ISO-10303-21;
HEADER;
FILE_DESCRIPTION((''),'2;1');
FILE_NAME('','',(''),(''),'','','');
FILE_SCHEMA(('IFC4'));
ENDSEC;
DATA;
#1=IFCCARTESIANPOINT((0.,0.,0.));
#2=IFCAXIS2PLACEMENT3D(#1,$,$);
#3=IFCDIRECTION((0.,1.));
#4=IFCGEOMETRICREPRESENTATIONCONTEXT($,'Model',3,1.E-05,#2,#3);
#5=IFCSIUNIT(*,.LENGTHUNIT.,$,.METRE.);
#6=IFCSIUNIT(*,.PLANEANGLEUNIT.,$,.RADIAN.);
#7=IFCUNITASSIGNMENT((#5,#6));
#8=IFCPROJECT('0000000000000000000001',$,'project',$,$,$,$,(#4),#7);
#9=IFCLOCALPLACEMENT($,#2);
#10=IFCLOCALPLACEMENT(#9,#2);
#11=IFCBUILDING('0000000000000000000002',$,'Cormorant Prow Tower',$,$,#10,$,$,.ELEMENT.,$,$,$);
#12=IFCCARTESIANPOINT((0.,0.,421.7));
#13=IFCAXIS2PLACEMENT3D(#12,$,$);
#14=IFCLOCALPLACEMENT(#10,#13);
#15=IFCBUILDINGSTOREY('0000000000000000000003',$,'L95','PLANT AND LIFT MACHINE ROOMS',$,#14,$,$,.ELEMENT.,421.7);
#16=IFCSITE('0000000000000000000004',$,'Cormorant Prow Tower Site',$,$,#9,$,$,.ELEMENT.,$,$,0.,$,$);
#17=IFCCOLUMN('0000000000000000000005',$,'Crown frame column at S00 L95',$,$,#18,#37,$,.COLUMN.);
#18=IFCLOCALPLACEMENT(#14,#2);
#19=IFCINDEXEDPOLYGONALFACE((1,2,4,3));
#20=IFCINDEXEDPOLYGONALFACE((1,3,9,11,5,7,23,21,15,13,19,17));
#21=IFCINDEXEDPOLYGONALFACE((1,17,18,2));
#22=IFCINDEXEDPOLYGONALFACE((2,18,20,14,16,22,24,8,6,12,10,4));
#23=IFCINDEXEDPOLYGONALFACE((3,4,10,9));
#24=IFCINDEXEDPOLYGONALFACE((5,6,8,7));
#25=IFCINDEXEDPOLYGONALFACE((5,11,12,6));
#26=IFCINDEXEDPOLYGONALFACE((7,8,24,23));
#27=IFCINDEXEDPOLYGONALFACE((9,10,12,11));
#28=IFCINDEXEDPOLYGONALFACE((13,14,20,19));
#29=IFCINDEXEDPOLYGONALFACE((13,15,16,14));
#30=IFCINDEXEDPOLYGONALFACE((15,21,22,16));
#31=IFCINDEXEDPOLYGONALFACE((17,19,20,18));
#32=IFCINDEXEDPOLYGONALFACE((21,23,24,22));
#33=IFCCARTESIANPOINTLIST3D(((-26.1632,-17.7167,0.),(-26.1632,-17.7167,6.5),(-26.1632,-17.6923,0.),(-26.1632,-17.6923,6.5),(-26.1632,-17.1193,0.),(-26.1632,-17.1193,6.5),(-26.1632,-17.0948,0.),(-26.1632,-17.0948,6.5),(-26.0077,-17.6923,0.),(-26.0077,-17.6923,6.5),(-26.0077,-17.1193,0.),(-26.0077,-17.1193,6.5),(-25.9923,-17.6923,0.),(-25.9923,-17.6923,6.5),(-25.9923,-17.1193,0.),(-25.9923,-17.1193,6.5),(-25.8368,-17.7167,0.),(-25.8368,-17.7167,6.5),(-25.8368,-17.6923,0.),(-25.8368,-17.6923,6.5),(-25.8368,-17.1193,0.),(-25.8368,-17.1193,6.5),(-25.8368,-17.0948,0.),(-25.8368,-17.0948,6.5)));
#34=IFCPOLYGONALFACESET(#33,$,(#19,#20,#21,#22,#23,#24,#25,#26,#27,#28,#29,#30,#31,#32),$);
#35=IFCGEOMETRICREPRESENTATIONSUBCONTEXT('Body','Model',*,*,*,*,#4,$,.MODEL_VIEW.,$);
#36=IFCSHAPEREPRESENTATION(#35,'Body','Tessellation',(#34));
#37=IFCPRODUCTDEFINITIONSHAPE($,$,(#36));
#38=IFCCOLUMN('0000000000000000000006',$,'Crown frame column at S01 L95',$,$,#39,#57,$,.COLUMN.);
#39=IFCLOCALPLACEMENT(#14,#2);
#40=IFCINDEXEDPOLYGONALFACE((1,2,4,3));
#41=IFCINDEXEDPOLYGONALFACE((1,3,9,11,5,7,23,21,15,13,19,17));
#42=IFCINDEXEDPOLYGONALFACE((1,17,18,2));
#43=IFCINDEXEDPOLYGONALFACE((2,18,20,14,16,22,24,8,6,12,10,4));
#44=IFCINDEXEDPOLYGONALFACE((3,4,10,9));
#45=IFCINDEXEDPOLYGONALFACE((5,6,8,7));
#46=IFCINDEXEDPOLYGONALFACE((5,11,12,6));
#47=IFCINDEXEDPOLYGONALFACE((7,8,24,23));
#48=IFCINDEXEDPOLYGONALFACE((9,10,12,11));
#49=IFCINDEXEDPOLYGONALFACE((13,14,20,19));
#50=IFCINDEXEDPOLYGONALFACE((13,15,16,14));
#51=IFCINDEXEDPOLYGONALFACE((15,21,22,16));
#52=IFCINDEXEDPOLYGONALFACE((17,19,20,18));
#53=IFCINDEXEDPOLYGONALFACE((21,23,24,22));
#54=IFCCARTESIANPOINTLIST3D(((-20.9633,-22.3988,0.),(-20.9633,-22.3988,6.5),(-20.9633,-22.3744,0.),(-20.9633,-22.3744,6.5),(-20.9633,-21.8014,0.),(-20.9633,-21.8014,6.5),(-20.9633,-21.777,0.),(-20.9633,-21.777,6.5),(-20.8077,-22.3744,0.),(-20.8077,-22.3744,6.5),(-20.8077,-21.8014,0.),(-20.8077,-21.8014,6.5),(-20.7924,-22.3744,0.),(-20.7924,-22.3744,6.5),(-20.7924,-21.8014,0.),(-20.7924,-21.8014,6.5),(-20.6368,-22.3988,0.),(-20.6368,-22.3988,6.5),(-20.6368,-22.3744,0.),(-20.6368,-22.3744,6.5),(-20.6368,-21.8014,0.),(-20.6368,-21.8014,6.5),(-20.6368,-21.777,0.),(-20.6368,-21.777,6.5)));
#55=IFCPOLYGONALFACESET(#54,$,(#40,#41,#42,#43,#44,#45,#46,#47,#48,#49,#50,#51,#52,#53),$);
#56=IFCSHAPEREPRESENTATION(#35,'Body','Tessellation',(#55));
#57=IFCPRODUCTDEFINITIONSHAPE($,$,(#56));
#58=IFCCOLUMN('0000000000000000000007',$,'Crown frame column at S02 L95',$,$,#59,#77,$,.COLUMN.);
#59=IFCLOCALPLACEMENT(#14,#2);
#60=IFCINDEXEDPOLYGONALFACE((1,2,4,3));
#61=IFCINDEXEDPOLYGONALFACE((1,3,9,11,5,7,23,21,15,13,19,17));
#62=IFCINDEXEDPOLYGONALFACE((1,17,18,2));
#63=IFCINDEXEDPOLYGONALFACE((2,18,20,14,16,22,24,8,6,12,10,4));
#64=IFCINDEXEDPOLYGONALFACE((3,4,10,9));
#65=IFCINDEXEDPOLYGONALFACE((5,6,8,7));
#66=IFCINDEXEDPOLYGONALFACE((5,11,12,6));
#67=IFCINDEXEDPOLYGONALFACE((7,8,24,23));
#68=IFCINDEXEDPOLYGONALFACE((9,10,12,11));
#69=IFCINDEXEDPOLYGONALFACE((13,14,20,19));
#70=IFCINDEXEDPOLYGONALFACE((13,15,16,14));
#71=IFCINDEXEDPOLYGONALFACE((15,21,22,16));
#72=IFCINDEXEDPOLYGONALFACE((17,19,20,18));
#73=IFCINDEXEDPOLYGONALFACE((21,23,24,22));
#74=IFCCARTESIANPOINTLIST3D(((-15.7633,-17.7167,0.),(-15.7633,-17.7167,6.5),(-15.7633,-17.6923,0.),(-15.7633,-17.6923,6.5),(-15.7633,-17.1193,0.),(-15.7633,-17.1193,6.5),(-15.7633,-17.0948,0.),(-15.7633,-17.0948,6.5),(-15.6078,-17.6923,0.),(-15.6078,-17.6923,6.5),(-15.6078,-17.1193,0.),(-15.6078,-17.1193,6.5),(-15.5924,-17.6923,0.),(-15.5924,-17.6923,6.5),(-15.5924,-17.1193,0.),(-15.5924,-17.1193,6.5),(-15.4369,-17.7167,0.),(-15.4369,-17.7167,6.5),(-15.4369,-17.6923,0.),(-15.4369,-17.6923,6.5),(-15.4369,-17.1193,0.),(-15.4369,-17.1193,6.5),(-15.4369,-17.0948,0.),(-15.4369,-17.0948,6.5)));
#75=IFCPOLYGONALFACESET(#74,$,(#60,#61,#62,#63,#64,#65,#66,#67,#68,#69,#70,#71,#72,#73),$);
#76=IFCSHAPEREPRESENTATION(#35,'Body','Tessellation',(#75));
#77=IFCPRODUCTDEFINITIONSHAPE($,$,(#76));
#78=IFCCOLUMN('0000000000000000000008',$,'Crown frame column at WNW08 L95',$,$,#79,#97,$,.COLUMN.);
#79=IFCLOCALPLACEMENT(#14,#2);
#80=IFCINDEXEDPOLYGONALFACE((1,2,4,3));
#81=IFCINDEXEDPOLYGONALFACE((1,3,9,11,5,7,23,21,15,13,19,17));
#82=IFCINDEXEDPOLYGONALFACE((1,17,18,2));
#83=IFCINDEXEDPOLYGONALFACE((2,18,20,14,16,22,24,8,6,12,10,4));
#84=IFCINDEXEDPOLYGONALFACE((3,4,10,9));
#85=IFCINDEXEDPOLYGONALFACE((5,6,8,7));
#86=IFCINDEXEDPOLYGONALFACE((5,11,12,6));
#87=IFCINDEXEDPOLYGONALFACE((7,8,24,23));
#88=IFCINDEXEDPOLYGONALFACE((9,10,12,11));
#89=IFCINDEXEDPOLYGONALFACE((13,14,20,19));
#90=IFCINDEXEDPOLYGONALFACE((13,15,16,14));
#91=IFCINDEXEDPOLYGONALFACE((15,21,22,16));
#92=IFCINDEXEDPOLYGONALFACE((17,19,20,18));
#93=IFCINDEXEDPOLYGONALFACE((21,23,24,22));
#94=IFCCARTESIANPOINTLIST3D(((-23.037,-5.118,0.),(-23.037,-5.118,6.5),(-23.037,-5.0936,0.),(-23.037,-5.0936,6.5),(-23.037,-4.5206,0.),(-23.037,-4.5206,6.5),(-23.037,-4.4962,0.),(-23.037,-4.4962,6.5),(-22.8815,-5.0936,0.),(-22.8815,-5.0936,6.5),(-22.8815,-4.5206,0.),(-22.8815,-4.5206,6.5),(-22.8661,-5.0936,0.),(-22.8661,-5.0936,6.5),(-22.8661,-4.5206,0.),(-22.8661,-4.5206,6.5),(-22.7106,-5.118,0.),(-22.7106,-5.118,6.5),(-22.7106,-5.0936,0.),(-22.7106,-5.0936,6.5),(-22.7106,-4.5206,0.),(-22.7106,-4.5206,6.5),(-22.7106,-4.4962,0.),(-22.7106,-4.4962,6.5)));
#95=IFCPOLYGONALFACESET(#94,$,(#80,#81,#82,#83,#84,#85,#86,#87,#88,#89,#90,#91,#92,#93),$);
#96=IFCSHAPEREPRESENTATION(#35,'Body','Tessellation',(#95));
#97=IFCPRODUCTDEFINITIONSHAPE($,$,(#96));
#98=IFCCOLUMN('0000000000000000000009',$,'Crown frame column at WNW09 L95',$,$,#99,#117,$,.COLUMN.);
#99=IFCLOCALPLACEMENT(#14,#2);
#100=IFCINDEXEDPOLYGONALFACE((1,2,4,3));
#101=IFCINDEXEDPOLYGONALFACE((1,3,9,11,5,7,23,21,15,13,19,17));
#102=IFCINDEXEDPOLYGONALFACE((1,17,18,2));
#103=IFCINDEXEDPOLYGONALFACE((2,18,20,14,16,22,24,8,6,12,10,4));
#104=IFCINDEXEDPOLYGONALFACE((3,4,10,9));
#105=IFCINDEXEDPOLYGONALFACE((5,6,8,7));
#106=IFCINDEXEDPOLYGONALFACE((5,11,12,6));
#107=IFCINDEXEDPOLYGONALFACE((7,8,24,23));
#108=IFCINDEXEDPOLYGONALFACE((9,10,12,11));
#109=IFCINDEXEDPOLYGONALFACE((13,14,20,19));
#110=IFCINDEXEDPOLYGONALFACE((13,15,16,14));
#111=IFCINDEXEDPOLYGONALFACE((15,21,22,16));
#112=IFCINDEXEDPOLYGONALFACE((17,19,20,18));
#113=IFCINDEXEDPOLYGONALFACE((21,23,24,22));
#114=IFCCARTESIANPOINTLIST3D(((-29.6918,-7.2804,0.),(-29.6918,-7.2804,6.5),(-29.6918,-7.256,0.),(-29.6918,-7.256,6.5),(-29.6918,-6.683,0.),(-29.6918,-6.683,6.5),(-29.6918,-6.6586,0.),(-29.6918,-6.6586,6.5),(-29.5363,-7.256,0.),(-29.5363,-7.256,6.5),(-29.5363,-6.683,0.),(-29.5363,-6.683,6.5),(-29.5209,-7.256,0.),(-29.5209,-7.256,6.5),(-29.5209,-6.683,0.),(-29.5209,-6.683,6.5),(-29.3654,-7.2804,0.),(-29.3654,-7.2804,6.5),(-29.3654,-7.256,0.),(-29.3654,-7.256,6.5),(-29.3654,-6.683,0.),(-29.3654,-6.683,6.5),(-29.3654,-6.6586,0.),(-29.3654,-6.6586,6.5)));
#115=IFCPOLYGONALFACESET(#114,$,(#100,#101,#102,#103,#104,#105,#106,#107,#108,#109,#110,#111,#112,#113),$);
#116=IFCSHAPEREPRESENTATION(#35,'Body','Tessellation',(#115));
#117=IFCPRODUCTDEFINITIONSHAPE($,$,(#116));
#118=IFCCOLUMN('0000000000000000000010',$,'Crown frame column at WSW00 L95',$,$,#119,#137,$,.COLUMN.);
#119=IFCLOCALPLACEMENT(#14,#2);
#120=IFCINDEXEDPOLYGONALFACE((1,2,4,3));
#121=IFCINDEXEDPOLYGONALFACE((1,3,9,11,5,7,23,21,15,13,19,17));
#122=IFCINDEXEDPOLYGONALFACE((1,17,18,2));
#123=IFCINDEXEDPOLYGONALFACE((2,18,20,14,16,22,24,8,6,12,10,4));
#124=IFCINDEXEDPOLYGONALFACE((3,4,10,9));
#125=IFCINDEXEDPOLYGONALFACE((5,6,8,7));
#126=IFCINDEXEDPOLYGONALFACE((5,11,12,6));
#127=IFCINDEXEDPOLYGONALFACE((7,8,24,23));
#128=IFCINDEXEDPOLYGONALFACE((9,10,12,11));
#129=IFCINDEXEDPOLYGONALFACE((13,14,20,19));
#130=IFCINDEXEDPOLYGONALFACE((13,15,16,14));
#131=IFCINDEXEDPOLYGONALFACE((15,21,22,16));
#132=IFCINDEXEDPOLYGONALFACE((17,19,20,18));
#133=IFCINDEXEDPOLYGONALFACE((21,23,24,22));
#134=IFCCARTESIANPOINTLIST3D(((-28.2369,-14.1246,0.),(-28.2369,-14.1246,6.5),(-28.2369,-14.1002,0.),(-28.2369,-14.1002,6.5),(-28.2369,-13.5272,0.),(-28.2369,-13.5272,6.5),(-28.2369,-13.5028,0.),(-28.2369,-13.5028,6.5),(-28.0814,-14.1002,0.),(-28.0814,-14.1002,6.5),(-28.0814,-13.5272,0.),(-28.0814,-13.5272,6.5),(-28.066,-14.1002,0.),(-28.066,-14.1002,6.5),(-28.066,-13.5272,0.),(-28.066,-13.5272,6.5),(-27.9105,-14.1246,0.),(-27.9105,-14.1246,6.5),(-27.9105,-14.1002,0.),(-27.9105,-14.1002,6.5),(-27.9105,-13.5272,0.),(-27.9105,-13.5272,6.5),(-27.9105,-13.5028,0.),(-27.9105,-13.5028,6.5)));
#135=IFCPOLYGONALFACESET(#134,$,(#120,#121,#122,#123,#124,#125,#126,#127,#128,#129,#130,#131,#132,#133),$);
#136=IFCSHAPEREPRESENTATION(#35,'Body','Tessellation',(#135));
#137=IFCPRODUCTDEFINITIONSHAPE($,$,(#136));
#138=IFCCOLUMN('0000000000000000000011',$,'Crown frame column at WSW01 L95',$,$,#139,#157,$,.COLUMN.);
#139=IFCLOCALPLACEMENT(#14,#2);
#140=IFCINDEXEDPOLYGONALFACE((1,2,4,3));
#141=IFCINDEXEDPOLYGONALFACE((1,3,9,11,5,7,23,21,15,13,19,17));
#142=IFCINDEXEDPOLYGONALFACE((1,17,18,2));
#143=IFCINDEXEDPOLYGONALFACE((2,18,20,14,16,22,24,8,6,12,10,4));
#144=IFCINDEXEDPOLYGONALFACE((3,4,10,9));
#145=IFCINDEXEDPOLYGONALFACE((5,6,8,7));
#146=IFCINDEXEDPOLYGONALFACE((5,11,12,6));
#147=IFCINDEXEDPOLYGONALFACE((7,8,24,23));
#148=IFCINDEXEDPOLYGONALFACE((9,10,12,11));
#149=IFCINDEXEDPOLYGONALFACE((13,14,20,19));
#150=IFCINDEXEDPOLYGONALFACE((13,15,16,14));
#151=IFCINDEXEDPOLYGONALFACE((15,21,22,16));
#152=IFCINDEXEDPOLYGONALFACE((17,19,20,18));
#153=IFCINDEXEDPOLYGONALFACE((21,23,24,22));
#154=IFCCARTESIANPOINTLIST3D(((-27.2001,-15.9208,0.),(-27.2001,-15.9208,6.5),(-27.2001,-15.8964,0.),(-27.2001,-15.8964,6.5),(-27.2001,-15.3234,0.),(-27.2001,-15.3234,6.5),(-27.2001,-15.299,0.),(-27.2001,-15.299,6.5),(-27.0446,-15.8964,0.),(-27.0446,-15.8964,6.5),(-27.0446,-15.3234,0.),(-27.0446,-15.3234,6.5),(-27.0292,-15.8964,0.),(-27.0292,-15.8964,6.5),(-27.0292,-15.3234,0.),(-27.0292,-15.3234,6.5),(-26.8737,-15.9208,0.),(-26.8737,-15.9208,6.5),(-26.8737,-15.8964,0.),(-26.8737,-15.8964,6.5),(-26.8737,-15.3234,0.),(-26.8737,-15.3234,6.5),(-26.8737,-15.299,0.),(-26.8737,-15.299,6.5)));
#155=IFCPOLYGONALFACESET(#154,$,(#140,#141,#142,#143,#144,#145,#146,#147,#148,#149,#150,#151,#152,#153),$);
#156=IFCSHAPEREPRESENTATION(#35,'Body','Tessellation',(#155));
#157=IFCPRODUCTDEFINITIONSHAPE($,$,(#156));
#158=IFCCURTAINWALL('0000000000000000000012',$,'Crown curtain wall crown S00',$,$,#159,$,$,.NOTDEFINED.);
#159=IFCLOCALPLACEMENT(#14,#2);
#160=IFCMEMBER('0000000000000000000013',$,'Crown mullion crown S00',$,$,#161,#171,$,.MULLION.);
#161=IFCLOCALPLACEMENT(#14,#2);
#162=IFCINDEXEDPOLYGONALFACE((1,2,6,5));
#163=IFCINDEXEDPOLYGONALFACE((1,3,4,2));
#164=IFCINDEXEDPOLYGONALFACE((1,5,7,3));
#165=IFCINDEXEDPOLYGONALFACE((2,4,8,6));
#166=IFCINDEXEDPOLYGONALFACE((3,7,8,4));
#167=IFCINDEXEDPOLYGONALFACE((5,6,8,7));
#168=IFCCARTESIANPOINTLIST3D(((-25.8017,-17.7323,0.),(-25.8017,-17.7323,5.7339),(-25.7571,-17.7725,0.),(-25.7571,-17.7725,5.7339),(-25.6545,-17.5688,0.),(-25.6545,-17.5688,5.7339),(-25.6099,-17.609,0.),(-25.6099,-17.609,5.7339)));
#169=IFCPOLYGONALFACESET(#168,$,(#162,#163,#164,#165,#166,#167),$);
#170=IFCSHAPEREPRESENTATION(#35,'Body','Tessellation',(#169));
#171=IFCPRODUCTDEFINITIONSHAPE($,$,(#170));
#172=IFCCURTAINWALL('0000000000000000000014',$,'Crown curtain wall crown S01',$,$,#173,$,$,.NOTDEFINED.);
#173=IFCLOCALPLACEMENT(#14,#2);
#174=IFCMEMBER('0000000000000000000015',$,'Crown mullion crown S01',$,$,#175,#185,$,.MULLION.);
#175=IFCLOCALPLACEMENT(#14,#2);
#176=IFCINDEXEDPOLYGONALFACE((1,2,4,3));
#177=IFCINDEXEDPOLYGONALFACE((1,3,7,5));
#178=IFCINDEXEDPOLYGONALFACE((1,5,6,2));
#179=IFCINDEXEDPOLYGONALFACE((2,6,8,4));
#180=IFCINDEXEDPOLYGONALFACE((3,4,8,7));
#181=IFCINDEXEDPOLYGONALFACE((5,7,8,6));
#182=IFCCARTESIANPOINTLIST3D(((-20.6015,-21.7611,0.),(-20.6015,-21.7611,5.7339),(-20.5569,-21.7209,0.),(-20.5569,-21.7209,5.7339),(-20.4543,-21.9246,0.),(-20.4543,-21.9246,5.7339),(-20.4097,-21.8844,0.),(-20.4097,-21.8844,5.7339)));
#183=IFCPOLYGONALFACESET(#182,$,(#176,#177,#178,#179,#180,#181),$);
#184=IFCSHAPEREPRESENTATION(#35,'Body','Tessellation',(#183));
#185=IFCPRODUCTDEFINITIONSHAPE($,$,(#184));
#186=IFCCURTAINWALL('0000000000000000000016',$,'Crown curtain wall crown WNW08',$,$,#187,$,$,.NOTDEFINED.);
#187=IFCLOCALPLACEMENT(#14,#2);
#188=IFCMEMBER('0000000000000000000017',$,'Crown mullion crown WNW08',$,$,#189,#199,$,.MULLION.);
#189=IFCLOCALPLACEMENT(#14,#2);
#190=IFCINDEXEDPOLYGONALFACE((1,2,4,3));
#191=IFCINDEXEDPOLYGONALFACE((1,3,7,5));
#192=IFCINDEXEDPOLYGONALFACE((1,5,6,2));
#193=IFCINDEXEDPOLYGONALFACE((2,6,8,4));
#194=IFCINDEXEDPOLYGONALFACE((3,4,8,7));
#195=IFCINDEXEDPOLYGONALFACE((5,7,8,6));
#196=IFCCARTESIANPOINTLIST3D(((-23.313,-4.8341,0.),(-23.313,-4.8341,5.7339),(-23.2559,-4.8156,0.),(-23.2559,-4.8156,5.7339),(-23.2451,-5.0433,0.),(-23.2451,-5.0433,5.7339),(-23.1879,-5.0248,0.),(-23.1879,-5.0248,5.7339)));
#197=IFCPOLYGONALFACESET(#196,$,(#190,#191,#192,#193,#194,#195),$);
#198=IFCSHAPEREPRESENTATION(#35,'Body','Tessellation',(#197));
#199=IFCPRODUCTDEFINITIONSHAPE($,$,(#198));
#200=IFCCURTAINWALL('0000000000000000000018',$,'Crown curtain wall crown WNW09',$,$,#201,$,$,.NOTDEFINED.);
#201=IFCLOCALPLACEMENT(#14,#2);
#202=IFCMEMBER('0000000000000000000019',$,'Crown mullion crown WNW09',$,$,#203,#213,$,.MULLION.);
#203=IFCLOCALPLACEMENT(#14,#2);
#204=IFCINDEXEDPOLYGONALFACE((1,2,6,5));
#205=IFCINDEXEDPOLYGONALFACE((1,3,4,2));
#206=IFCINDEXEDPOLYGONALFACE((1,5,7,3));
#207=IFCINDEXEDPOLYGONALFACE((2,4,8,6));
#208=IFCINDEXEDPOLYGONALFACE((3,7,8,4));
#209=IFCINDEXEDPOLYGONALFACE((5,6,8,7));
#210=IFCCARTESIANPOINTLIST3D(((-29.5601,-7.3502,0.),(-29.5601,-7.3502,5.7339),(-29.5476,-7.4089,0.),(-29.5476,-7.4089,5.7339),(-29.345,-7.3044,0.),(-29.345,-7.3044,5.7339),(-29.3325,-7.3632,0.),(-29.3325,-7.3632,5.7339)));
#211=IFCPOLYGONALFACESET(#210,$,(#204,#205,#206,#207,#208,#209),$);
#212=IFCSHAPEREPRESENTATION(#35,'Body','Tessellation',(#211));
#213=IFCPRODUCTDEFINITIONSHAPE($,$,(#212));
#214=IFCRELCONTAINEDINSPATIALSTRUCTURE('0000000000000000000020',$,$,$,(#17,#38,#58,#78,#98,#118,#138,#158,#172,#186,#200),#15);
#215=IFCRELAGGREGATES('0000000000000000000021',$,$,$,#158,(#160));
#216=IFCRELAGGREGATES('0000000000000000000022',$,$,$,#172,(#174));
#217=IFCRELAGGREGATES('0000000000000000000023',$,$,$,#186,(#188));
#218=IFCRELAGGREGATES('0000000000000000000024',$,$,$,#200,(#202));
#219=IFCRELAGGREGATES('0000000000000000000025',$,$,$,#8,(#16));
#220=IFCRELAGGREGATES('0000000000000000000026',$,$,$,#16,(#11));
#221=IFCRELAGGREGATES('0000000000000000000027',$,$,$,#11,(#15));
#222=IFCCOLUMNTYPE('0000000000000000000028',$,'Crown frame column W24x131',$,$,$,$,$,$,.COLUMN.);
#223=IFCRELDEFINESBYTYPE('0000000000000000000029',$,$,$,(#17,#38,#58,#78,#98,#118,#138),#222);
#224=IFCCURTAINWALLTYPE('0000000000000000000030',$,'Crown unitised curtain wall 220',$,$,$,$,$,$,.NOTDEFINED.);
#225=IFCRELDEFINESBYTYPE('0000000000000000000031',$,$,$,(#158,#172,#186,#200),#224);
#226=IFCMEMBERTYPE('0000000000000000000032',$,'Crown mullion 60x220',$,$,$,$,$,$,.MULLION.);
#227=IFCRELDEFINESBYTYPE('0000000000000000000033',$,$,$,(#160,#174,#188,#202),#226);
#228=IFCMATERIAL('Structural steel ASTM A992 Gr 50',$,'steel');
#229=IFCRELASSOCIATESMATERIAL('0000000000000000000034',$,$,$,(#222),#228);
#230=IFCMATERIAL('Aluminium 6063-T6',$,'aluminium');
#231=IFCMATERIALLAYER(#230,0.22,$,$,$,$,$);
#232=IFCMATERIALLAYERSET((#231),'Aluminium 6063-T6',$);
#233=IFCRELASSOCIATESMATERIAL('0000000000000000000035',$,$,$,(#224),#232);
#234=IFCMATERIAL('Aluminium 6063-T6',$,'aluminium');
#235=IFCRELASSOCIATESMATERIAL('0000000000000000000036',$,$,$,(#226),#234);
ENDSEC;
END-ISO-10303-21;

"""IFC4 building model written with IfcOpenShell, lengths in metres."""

from ifc_helpers import new_model, si_unit, direction, frame, origin, origin_2d, place, context, subcontext, project, spatial, rectangle, i_section, extrude, material, layer, layer_set, material_profile, profile_set, type_object, element, aggregate, save


model = new_model("IFC4")

# Units and contexts
model_context = context("Model", 3, precision=1e-05, world=origin(), true_north=direction((0.0, 1.0)))
body_context = subcontext(model_context, "Body", "Model", "MODEL_VIEW")
ifc_project = project(units=[si_unit("LENGTHUNIT", "METRE"), si_unit("PLANEANGLEUNIT", "RADIAN")], contexts=[model_context])

# Site, building, storey
site_placement = place(None, origin())
site = spatial("IfcSite", under=ifc_project, at=site_placement, Name="Cormorant Prow Tower Site", CompositionType="ELEMENT", RefElevation=0.0)
building_placement = place(site_placement, origin())
building = spatial("IfcBuilding", under=site, at=building_placement, Name="Cormorant Prow Tower", CompositionType="ELEMENT")
storey_placement = place(building_placement, frame((0.0, 0.0, 421.7)))
storey = spatial("IfcBuildingStorey", under=building, at=storey_placement, Name="L95", Description="PLANT AND LIFT MACHINE ROOMS", CompositionType="ELEMENT", Elevation=421.7)

# Columns
ifc_material_1 = material(Name="Structural steel ASTM A992 Gr 50", Category="steel")
ifc_material_profile_1 = material_profile(ifc_material_1, i_section(OverallWidth=0.3264, OverallDepth=0.6218, WebThickness=0.0154, FlangeThickness=0.0244, at=origin_2d()), Name="W24x131")
ifc_profile_set_1 = profile_set([ifc_material_profile_1], Name="Structural steel ASTM A992 Gr 50")
column_type = type_object("IfcColumnType", Name="Crown frame column W24x131", PredefinedType="COLUMN", material=ifc_profile_set_1)
for number, where, z_axis, x_axis, name in (
    (1, (-26.0, -17.4058, 0.0), (0.0, 0.0, 1.0), (1.0, 0.0, 0.0), "Crown frame column at S00 L95"),
    (2, (-20.8, -22.0879, 0.0), (0.0, 0.0, 1.0), (1.0, 0.0, 0.0), "Crown frame column at S01 L95"),
    (3, (-15.6001, -17.4058, 0.0), (0.0, 0.0, 1.0), (1.0, 0.0, 0.0), "Crown frame column at S02 L95"),
    (4, (-22.8738, -4.8071, 0.0), (0.0, 0.0, 1.0), (1.0, 0.0, 0.0), "Crown frame column at WNW08 L95"),
    (5, (-29.5286, -6.9695, 0.0), (0.0, 0.0, 1.0), (1.0, 0.0, 0.0), "Crown frame column at WNW09 L95"),
    (6, (-28.0737, -13.8137, 0.0), (0.0, 0.0, 1.0), (1.0, 0.0, 0.0), "Crown frame column at WSW00 L95"),
    (7, (-27.0369, -15.6099, 0.0), (0.0, 0.0, 1.0), (1.0, 0.0, 0.0), "Crown frame column at WSW01 L95"),
):
    element("IfcColumn", number, at=place(storey_placement, frame(where, z_axis=z_axis, x_axis=x_axis)), inside=storey, type_object=column_type, Name=name, PredefinedType="COLUMN", context=body_context, shape_type="SweptSolid", body=[
        extrude(i_section(OverallWidth=0.3264, OverallDepth=0.6218, WebThickness=0.0154, FlangeThickness=0.0244, at=origin_2d()), origin(), (0.0, 0.0, 1.0), 6.5),
    ])

# Curtain walls, members
ifc_material_2 = material(Name="Aluminium 6063-T6", Category="aluminium")
ifc_layer_1 = layer(ifc_material_2, 0.22)
ifc_layer_set_1 = layer_set([ifc_layer_1], Name="Aluminium 6063-T6")
curtain_wall_type = type_object("IfcCurtainWallType", Name="Crown unitised curtain wall 220", PredefinedType="NOTDEFINED", material=ifc_layer_set_1)
curtain_wall_1_placement = place(storey_placement, origin())
curtain_wall_1 = element("IfcCurtainWall", 8, at=curtain_wall_1_placement, inside=storey, type_object=curtain_wall_type, Name="Crown curtain wall crown S00", PredefinedType="NOTDEFINED")
ifc_material_3 = material(Name="Aluminium 6063-T6", Category="aluminium")
ifc_material_profile_2 = material_profile(ifc_material_3, rectangle(XDim=0.22, YDim=0.0601, at=origin_2d()), Name="Crown mullion 60x220")
ifc_profile_set_2 = profile_set([ifc_material_profile_2], Name="Aluminium 6063-T6")
member_type_1 = type_object("IfcMemberType", Name="Crown mullion 60x220", PredefinedType="MULLION", material=ifc_profile_set_2)
member_1_placement = place(storey_placement, frame((-25.7058, -17.6707, 0.0), z_axis=(0.0, 0.0, 1.0), x_axis=(0.669131, 0.743145, 0.0)))
member_1 = element("IfcMember", 9, at=member_1_placement, type_object=member_type_1, Name="Crown mullion crown S00", PredefinedType="MULLION", context=body_context, shape_type="SweptSolid", body=[
    extrude(rectangle(XDim=0.22, YDim=0.0601, at=origin_2d()), origin(), (0.0, 0.0, 1.0), 5.7339),
])
curtain_wall_2_placement = place(storey_placement, origin())
curtain_wall_2 = element("IfcCurtainWall", 10, at=curtain_wall_2_placement, inside=storey, type_object=curtain_wall_type, Name="Crown curtain wall crown S01", PredefinedType="NOTDEFINED")
member_2_placement = place(storey_placement, frame((-20.5056, -21.8228, 0.0), z_axis=(0.0, 0.0, 1.0), x_axis=(-0.669131, 0.743145, 0.0)))
member_2 = element("IfcMember", 11, at=member_2_placement, type_object=member_type_1, Name="Crown mullion crown S01", PredefinedType="MULLION", context=body_context, shape_type="SweptSolid", body=[
    extrude(rectangle(XDim=0.22, YDim=0.0601, at=origin_2d()), origin(), (0.0, 0.0, 1.0), 5.7339),
])
curtain_wall_3_placement = place(storey_placement, origin())
curtain_wall_3 = element("IfcCurtainWall", 12, at=curtain_wall_3_placement, inside=storey, type_object=curtain_wall_type, Name="Crown curtain wall crown WNW08", PredefinedType="NOTDEFINED")
member_3_placement = place(storey_placement, frame((-23.2505, -4.9294, 0.0), z_axis=(0.0, 0.0, 1.0), x_axis=(0.309017, -0.951057, 0.0)))
member_3 = element("IfcMember", 13, at=member_3_placement, type_object=member_type_1, Name="Crown mullion crown WNW08", PredefinedType="MULLION", context=body_context, shape_type="SweptSolid", body=[
    extrude(rectangle(XDim=0.22, YDim=0.0601, at=origin_2d()), origin(), (0.0, 0.0, 1.0), 5.7339),
])
curtain_wall_4_placement = place(storey_placement, origin())
curtain_wall_4 = element("IfcCurtainWall", 14, at=curtain_wall_4_placement, inside=storey, type_object=curtain_wall_type, Name="Crown curtain wall crown WNW09", PredefinedType="NOTDEFINED")
member_4_placement = place(storey_placement, frame((-29.4463, -7.3567, 0.0), z_axis=(0.0, 0.0, 1.0), x_axis=(0.978148, 0.207912, 0.0)))
member_4 = element("IfcMember", 15, at=member_4_placement, type_object=member_type_1, Name="Crown mullion crown WNW09", PredefinedType="MULLION", context=body_context, shape_type="SweptSolid", body=[
    extrude(rectangle(XDim=0.22, YDim=0.0601, at=origin_2d()), origin(), (0.0, 0.0, 1.0), 5.7339),
])

aggregate(curtain_wall_1, [member_1])
aggregate(curtain_wall_2, [member_2])

aggregate(curtain_wall_3, [member_3])
aggregate(curtain_wall_4, [member_4])

save(model, "model.ifc")
